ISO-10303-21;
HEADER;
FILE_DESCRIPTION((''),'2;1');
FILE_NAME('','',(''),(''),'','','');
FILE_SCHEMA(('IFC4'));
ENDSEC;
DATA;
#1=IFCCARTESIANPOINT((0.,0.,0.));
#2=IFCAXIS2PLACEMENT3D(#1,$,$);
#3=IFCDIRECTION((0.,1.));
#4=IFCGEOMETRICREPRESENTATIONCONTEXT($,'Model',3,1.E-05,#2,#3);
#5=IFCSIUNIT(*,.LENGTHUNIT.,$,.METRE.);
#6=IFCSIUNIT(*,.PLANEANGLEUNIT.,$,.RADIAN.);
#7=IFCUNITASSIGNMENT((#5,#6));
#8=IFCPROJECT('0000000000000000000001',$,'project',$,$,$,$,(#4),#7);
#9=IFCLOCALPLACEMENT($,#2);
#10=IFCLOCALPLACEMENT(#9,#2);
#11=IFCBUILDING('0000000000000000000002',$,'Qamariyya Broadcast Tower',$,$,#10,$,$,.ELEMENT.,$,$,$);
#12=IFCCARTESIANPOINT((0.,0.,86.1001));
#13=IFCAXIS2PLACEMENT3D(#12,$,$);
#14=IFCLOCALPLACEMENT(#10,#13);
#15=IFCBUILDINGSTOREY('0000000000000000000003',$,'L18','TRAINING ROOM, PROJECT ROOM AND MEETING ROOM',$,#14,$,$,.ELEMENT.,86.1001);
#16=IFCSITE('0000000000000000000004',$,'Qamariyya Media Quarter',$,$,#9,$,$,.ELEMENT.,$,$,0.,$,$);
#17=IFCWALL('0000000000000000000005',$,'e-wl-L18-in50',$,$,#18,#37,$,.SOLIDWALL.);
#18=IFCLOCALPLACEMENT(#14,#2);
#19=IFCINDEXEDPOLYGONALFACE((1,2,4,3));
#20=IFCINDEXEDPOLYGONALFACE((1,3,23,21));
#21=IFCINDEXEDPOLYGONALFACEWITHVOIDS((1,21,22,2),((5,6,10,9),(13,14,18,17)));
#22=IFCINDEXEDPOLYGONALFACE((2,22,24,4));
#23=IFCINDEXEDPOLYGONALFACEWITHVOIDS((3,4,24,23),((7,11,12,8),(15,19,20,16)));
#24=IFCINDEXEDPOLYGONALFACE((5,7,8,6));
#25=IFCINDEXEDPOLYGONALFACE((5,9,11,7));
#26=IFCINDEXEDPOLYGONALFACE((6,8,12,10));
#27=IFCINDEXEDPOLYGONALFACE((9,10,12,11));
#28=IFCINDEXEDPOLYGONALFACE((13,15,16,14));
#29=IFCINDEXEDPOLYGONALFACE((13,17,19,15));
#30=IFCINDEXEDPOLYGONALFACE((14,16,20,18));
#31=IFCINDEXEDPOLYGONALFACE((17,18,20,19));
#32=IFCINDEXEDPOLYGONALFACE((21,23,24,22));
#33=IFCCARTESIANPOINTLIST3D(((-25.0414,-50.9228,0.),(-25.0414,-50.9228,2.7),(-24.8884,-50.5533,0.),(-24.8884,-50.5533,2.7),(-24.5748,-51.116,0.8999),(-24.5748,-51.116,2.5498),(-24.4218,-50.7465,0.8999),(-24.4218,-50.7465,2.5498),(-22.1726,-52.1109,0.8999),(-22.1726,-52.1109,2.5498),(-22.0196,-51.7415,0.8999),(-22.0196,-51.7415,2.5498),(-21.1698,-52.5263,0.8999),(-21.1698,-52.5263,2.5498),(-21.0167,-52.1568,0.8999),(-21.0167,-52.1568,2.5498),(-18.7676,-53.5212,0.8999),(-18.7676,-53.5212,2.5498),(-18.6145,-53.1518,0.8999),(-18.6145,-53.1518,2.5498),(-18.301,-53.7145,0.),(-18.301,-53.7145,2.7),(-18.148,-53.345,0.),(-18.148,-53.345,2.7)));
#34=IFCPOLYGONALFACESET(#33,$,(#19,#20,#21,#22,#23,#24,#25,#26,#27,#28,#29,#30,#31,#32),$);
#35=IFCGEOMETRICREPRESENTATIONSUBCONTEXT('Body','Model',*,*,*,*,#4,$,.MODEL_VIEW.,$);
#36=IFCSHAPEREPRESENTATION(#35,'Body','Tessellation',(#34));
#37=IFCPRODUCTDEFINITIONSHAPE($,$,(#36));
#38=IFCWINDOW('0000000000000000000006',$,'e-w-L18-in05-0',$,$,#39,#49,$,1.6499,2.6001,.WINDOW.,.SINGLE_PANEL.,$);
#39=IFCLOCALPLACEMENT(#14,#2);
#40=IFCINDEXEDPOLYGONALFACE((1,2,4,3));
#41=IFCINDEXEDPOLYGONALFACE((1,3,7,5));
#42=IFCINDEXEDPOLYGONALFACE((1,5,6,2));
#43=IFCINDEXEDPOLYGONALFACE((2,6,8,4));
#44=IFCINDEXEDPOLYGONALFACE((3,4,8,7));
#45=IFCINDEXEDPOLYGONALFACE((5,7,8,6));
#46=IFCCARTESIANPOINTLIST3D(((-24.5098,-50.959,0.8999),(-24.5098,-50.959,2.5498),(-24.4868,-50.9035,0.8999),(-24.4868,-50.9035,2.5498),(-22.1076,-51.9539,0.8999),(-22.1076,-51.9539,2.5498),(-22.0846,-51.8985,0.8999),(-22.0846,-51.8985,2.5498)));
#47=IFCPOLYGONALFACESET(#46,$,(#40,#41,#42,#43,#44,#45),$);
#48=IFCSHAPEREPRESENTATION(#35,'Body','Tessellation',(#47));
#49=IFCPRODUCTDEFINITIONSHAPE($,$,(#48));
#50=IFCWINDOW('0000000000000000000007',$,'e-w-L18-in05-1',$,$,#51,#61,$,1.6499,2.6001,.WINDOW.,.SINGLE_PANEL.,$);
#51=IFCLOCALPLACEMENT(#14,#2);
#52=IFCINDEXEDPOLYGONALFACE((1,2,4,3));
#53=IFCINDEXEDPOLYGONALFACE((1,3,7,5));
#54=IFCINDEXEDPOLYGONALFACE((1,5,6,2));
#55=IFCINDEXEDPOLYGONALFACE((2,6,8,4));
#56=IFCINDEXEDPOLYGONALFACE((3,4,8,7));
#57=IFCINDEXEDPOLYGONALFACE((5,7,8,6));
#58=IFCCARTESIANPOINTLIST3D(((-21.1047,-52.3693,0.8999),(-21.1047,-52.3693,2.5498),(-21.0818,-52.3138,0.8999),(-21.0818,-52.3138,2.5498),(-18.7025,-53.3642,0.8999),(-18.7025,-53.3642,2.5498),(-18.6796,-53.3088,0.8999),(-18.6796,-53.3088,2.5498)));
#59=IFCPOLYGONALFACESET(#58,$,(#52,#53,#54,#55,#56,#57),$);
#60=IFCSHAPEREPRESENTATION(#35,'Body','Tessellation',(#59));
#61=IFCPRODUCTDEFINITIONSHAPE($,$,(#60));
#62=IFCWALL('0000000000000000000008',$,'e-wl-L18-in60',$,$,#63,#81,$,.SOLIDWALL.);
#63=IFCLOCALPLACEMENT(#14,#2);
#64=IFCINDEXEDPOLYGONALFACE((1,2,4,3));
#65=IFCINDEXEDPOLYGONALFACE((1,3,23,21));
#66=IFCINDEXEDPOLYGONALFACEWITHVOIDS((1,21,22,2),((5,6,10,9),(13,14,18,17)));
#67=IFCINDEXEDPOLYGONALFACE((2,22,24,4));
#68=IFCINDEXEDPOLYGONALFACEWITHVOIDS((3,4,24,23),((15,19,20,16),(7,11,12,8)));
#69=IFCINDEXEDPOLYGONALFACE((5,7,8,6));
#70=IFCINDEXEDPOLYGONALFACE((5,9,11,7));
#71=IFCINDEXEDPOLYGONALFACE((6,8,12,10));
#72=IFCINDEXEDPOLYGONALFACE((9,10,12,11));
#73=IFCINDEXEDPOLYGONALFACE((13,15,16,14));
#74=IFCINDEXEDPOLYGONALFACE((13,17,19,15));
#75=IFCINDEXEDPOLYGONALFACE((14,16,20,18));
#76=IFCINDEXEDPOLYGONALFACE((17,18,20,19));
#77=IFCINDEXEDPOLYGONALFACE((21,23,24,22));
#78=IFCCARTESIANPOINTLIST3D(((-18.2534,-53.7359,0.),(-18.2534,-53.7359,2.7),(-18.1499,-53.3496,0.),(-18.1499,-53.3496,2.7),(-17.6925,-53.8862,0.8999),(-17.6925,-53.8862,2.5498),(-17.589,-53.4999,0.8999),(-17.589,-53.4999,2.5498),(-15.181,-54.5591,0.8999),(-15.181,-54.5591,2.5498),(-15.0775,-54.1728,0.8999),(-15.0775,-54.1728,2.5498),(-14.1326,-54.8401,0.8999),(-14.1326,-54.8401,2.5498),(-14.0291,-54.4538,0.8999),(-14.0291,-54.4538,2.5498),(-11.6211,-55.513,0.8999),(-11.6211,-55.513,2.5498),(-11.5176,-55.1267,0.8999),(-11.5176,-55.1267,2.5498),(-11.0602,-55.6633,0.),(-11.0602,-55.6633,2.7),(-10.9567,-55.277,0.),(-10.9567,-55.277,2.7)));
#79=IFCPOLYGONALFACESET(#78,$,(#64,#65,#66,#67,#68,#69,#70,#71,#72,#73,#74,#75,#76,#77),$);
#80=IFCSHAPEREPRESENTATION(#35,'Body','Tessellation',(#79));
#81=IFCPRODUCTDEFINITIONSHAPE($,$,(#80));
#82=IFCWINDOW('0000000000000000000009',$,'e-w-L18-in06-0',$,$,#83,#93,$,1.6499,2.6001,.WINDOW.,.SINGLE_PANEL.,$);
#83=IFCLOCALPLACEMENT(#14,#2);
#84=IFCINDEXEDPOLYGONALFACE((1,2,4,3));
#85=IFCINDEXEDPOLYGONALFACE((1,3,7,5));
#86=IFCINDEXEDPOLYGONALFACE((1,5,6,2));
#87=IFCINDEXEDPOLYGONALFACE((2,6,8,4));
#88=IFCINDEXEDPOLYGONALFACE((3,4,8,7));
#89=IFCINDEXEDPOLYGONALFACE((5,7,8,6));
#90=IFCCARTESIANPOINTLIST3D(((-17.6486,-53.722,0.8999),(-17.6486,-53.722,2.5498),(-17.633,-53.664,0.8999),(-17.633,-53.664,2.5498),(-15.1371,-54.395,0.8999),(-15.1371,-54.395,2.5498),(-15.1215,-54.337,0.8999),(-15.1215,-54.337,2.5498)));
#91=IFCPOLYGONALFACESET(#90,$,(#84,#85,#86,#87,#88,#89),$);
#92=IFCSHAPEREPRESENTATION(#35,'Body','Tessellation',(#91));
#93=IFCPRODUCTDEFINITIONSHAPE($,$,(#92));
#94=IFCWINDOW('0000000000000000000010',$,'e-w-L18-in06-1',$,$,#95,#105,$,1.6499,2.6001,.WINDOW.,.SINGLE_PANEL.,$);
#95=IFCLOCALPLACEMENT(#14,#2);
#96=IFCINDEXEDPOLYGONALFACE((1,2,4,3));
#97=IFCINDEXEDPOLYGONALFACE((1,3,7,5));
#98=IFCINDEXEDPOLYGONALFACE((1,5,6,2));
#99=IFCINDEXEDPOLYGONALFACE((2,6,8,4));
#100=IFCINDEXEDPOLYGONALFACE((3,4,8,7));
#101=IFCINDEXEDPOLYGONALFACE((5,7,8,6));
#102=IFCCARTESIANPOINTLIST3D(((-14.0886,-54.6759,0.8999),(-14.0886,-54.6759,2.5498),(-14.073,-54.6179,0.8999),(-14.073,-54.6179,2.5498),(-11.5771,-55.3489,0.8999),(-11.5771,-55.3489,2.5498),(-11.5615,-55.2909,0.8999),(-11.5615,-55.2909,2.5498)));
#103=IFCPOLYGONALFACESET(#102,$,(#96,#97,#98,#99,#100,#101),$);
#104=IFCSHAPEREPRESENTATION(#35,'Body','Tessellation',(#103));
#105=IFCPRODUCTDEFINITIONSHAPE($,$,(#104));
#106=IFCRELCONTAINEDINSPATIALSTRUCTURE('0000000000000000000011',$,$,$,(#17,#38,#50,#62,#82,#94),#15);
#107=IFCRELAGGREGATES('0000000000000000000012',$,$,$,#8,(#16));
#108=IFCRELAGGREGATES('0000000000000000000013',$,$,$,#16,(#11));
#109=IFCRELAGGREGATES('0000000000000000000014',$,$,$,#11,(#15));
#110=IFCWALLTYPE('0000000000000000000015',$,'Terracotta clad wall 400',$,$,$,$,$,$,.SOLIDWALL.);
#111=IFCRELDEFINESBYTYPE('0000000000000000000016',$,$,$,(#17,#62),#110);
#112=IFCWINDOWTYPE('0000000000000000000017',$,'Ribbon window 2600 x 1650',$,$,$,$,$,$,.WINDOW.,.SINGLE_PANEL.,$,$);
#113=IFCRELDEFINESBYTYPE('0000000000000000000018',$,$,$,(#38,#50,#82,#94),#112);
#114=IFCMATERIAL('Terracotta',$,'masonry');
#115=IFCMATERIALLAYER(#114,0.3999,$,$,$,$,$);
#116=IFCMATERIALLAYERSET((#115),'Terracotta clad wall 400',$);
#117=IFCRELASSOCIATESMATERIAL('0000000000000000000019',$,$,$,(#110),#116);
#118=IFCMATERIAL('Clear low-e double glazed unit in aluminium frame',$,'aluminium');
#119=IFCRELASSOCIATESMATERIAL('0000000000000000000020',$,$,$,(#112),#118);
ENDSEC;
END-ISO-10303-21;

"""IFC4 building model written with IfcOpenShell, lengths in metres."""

from ifc_helpers import new_model, si_unit, direction, frame, frame_2d, origin, place, context, subcontext, project, spatial, rectangle, extrude, material, layer, layer_set, type_object, element, fill, save


model = new_model("IFC4")

# Units and contexts
model_context = context("Model", 3, precision=1e-05, world=origin(), true_north=direction((0.0, 1.0)))
body_context = subcontext(model_context, "Body", "Model", "MODEL_VIEW")
ifc_project = project(units=[si_unit("LENGTHUNIT", "METRE"), si_unit("PLANEANGLEUNIT", "RADIAN")], contexts=[model_context])

# Site, building, storey
site_placement = place(None, origin())
site = spatial("IfcSite", under=ifc_project, at=site_placement, Name="Qamariyya Media Quarter", CompositionType="ELEMENT", RefElevation=0.0)
building_placement = place(site_placement, origin())
building = spatial("IfcBuilding", under=site, at=building_placement, Name="Qamariyya Broadcast Tower", CompositionType="ELEMENT")
storey_placement = place(building_placement, frame((0.0, 0.0, 86.1001)))
storey = spatial("IfcBuildingStorey", under=building, at=storey_placement, Name="L18", Description="TRAINING ROOM, PROJECT ROOM AND MEETING ROOM", CompositionType="ELEMENT", Elevation=86.1001)

# Walls, openings, windows
ifc_material_1 = material(Name="Terracotta", Category="masonry")
ifc_layer_1 = layer(ifc_material_1, 0.3999)
ifc_layer_set_1 = layer_set([ifc_layer_1], Name="Terracotta clad wall 400")
wall_type_1 = type_object("IfcWallType", Name="Terracotta clad wall 400", PredefinedType="SOLIDWALL", material=ifc_layer_set_1)
ifc_material_2 = material(Name="Clear low-e double glazed unit in aluminium frame", Category="aluminium")
window_type = type_object("IfcWindowType", Name="Ribbon window 2600 x 1650", PartitioningType="SINGLE_PANEL", PredefinedType="WINDOW", material=ifc_material_2)
wall_1_placement = place(storey_placement, frame((-18.2244, -53.5298, 0.0), z_axis=(0.0, 0.0, 1.0), x_axis=(-0.923892, 0.382654, 0.0)))
wall_1 = element("IfcWall", 1, at=wall_1_placement, inside=storey, type_object=wall_type_1, Name="e-wl-L18-in50", PredefinedType="SOLIDWALL", context=body_context, shape_type="SweptSolid", body=[
    extrude(rectangle(XDim=7.2957, YDim=0.3999, at=frame_2d((3.6479, 0.0))), origin(), (0.0, 0.0, 1.0), 2.7),
])
opening_1_placement = place(wall_1_placement, frame((4.1907, 0.0, 0.8999)))
opening_1 = element("IfcOpeningElement", 2, at=opening_1_placement, cuts=wall_1, PredefinedType="OPENING", context=body_context, shape_type="SweptSolid", body=[
    extrude(rectangle(XDim=2.6001, YDim=1.6499, at=frame_2d((1.3, 0.825))), frame((0.0, 0.21, 0.0), z_axis=(0.0, -1.0, 0.0), x_axis=(1.0, 0.0, 0.0)), (0.0, 0.0, 1.0), 0.4199),
])
opening_2_placement = place(wall_1_placement, frame((0.5051, 0.0, 0.8999)))
opening_2 = element("IfcOpeningElement", 3, at=opening_2_placement, cuts=wall_1, PredefinedType="OPENING", context=body_context, shape_type="SweptSolid", body=[
    extrude(rectangle(XDim=2.6001, YDim=1.6499, at=frame_2d((1.3, 0.825))), frame((0.0, 0.21, 0.0), z_axis=(0.0, -1.0, 0.0), x_axis=(1.0, 0.0, 0.0)), (0.0, 0.0, 1.0), 0.4199),
])
window_1_placement = place(opening_1_placement, origin())
window_1 = element("IfcWindow", 4, at=window_1_placement, inside=storey, type_object=window_type, Name="e-w-L18-in05-0", OverallHeight=1.6499, OverallWidth=2.6001, PartitioningType="SINGLE_PANEL", PredefinedType="WINDOW", context=body_context, shape_type="SweptSolid", body=[
    extrude(rectangle(XDim=2.6001, YDim=1.6499, at=frame_2d((1.3, 0.825))), frame((0.0, 0.03, 0.0), z_axis=(0.0, -1.0, 0.0), x_axis=(1.0, 0.0, 0.0)), (0.0, 0.0, 1.0), 0.0601),
])
fill(opening_1, window_1)
window_2_placement = place(opening_2_placement, origin())
window_2 = element("IfcWindow", 5, at=window_2_placement, inside=storey, type_object=window_type, Name="e-w-L18-in05-1", OverallHeight=1.6499, OverallWidth=2.6001, PartitioningType="SINGLE_PANEL", PredefinedType="WINDOW", context=body_context, shape_type="SweptSolid", body=[
    extrude(rectangle(XDim=2.6001, YDim=1.6499, at=frame_2d((1.3, 0.825))), frame((0.0, 0.03, 0.0), z_axis=(0.0, -1.0, 0.0), x_axis=(1.0, 0.0, 0.0)), (0.0, 0.0, 1.0), 0.0601),
])
fill(opening_2, window_2)
wall_2_placement = place(storey_placement, frame((-11.0083, -55.4702, 0.0), z_axis=(0.0, 0.0, 1.0), x_axis=(-0.965925, 0.258823, 0.0)))
wall_2 = element("IfcWall", 6, at=wall_2_placement, inside=storey, type_object=wall_type_1, Name="e-wl-L18-in60", PredefinedType="SOLIDWALL", context=body_context, shape_type="SweptSolid", body=[
    extrude(rectangle(XDim=7.447, YDim=0.3999, at=frame_2d((3.7236, 0.0))), origin(), (0.0, 0.0, 1.0), 2.7),
])
opening_3_placement = place(wall_2_placement, frame((4.2664, 0.0, 0.8999)))
opening_3 = element("IfcOpeningElement", 7, at=opening_3_placement, cuts=wall_2, PredefinedType="OPENING", context=body_context, shape_type="SweptSolid", body=[
    extrude(rectangle(XDim=2.6001, YDim=1.6499, at=frame_2d((1.3, 0.825))), frame((0.0, 0.21, 0.0), z_axis=(0.0, -1.0, 0.0), x_axis=(1.0, 0.0, 0.0)), (0.0, 0.0, 1.0), 0.4199),
])
opening_4_placement = place(wall_2_placement, frame((0.5808, 0.0, 0.8999)))
opening_4 = element("IfcOpeningElement", 8, at=opening_4_placement, cuts=wall_2, PredefinedType="OPENING", context=body_context, shape_type="SweptSolid", body=[
    extrude(rectangle(XDim=2.6001, YDim=1.6499, at=frame_2d((1.3, 0.825))), frame((0.0, 0.21, 0.0), z_axis=(0.0, -1.0, 0.0), x_axis=(1.0, 0.0, 0.0)), (0.0, 0.0, 1.0), 0.4199),
])
window_3_placement = place(opening_3_placement, origin())
window_3 = element("IfcWindow", 9, at=window_3_placement, inside=storey, type_object=window_type, Name="e-w-L18-in06-0", OverallHeight=1.6499, OverallWidth=2.6001, PartitioningType="SINGLE_PANEL", PredefinedType="WINDOW", context=body_context, shape_type="SweptSolid", body=[
    extrude(rectangle(XDim=2.6001, YDim=1.6499, at=frame_2d((1.3, 0.825))), frame((0.0, 0.03, 0.0), z_axis=(0.0, -1.0, 0.0), x_axis=(1.0, 0.0, 0.0)), (0.0, 0.0, 1.0), 0.0601),
])
fill(opening_3, window_3)
window_4_placement = place(opening_4_placement, origin())
window_4 = element("IfcWindow", 10, at=window_4_placement, inside=storey, type_object=window_type, Name="e-w-L18-in06-1", OverallHeight=1.6499, OverallWidth=2.6001, PartitioningType="SINGLE_PANEL", PredefinedType="WINDOW", context=body_context, shape_type="SweptSolid", body=[
    extrude(rectangle(XDim=2.6001, YDim=1.6499, at=frame_2d((1.3, 0.825))), frame((0.0, 0.03, 0.0), z_axis=(0.0, -1.0, 0.0), x_axis=(1.0, 0.0, 0.0)), (0.0, 0.0, 1.0), 0.0601),
])
fill(opening_4, window_4)

save(model, "model.ifc")
